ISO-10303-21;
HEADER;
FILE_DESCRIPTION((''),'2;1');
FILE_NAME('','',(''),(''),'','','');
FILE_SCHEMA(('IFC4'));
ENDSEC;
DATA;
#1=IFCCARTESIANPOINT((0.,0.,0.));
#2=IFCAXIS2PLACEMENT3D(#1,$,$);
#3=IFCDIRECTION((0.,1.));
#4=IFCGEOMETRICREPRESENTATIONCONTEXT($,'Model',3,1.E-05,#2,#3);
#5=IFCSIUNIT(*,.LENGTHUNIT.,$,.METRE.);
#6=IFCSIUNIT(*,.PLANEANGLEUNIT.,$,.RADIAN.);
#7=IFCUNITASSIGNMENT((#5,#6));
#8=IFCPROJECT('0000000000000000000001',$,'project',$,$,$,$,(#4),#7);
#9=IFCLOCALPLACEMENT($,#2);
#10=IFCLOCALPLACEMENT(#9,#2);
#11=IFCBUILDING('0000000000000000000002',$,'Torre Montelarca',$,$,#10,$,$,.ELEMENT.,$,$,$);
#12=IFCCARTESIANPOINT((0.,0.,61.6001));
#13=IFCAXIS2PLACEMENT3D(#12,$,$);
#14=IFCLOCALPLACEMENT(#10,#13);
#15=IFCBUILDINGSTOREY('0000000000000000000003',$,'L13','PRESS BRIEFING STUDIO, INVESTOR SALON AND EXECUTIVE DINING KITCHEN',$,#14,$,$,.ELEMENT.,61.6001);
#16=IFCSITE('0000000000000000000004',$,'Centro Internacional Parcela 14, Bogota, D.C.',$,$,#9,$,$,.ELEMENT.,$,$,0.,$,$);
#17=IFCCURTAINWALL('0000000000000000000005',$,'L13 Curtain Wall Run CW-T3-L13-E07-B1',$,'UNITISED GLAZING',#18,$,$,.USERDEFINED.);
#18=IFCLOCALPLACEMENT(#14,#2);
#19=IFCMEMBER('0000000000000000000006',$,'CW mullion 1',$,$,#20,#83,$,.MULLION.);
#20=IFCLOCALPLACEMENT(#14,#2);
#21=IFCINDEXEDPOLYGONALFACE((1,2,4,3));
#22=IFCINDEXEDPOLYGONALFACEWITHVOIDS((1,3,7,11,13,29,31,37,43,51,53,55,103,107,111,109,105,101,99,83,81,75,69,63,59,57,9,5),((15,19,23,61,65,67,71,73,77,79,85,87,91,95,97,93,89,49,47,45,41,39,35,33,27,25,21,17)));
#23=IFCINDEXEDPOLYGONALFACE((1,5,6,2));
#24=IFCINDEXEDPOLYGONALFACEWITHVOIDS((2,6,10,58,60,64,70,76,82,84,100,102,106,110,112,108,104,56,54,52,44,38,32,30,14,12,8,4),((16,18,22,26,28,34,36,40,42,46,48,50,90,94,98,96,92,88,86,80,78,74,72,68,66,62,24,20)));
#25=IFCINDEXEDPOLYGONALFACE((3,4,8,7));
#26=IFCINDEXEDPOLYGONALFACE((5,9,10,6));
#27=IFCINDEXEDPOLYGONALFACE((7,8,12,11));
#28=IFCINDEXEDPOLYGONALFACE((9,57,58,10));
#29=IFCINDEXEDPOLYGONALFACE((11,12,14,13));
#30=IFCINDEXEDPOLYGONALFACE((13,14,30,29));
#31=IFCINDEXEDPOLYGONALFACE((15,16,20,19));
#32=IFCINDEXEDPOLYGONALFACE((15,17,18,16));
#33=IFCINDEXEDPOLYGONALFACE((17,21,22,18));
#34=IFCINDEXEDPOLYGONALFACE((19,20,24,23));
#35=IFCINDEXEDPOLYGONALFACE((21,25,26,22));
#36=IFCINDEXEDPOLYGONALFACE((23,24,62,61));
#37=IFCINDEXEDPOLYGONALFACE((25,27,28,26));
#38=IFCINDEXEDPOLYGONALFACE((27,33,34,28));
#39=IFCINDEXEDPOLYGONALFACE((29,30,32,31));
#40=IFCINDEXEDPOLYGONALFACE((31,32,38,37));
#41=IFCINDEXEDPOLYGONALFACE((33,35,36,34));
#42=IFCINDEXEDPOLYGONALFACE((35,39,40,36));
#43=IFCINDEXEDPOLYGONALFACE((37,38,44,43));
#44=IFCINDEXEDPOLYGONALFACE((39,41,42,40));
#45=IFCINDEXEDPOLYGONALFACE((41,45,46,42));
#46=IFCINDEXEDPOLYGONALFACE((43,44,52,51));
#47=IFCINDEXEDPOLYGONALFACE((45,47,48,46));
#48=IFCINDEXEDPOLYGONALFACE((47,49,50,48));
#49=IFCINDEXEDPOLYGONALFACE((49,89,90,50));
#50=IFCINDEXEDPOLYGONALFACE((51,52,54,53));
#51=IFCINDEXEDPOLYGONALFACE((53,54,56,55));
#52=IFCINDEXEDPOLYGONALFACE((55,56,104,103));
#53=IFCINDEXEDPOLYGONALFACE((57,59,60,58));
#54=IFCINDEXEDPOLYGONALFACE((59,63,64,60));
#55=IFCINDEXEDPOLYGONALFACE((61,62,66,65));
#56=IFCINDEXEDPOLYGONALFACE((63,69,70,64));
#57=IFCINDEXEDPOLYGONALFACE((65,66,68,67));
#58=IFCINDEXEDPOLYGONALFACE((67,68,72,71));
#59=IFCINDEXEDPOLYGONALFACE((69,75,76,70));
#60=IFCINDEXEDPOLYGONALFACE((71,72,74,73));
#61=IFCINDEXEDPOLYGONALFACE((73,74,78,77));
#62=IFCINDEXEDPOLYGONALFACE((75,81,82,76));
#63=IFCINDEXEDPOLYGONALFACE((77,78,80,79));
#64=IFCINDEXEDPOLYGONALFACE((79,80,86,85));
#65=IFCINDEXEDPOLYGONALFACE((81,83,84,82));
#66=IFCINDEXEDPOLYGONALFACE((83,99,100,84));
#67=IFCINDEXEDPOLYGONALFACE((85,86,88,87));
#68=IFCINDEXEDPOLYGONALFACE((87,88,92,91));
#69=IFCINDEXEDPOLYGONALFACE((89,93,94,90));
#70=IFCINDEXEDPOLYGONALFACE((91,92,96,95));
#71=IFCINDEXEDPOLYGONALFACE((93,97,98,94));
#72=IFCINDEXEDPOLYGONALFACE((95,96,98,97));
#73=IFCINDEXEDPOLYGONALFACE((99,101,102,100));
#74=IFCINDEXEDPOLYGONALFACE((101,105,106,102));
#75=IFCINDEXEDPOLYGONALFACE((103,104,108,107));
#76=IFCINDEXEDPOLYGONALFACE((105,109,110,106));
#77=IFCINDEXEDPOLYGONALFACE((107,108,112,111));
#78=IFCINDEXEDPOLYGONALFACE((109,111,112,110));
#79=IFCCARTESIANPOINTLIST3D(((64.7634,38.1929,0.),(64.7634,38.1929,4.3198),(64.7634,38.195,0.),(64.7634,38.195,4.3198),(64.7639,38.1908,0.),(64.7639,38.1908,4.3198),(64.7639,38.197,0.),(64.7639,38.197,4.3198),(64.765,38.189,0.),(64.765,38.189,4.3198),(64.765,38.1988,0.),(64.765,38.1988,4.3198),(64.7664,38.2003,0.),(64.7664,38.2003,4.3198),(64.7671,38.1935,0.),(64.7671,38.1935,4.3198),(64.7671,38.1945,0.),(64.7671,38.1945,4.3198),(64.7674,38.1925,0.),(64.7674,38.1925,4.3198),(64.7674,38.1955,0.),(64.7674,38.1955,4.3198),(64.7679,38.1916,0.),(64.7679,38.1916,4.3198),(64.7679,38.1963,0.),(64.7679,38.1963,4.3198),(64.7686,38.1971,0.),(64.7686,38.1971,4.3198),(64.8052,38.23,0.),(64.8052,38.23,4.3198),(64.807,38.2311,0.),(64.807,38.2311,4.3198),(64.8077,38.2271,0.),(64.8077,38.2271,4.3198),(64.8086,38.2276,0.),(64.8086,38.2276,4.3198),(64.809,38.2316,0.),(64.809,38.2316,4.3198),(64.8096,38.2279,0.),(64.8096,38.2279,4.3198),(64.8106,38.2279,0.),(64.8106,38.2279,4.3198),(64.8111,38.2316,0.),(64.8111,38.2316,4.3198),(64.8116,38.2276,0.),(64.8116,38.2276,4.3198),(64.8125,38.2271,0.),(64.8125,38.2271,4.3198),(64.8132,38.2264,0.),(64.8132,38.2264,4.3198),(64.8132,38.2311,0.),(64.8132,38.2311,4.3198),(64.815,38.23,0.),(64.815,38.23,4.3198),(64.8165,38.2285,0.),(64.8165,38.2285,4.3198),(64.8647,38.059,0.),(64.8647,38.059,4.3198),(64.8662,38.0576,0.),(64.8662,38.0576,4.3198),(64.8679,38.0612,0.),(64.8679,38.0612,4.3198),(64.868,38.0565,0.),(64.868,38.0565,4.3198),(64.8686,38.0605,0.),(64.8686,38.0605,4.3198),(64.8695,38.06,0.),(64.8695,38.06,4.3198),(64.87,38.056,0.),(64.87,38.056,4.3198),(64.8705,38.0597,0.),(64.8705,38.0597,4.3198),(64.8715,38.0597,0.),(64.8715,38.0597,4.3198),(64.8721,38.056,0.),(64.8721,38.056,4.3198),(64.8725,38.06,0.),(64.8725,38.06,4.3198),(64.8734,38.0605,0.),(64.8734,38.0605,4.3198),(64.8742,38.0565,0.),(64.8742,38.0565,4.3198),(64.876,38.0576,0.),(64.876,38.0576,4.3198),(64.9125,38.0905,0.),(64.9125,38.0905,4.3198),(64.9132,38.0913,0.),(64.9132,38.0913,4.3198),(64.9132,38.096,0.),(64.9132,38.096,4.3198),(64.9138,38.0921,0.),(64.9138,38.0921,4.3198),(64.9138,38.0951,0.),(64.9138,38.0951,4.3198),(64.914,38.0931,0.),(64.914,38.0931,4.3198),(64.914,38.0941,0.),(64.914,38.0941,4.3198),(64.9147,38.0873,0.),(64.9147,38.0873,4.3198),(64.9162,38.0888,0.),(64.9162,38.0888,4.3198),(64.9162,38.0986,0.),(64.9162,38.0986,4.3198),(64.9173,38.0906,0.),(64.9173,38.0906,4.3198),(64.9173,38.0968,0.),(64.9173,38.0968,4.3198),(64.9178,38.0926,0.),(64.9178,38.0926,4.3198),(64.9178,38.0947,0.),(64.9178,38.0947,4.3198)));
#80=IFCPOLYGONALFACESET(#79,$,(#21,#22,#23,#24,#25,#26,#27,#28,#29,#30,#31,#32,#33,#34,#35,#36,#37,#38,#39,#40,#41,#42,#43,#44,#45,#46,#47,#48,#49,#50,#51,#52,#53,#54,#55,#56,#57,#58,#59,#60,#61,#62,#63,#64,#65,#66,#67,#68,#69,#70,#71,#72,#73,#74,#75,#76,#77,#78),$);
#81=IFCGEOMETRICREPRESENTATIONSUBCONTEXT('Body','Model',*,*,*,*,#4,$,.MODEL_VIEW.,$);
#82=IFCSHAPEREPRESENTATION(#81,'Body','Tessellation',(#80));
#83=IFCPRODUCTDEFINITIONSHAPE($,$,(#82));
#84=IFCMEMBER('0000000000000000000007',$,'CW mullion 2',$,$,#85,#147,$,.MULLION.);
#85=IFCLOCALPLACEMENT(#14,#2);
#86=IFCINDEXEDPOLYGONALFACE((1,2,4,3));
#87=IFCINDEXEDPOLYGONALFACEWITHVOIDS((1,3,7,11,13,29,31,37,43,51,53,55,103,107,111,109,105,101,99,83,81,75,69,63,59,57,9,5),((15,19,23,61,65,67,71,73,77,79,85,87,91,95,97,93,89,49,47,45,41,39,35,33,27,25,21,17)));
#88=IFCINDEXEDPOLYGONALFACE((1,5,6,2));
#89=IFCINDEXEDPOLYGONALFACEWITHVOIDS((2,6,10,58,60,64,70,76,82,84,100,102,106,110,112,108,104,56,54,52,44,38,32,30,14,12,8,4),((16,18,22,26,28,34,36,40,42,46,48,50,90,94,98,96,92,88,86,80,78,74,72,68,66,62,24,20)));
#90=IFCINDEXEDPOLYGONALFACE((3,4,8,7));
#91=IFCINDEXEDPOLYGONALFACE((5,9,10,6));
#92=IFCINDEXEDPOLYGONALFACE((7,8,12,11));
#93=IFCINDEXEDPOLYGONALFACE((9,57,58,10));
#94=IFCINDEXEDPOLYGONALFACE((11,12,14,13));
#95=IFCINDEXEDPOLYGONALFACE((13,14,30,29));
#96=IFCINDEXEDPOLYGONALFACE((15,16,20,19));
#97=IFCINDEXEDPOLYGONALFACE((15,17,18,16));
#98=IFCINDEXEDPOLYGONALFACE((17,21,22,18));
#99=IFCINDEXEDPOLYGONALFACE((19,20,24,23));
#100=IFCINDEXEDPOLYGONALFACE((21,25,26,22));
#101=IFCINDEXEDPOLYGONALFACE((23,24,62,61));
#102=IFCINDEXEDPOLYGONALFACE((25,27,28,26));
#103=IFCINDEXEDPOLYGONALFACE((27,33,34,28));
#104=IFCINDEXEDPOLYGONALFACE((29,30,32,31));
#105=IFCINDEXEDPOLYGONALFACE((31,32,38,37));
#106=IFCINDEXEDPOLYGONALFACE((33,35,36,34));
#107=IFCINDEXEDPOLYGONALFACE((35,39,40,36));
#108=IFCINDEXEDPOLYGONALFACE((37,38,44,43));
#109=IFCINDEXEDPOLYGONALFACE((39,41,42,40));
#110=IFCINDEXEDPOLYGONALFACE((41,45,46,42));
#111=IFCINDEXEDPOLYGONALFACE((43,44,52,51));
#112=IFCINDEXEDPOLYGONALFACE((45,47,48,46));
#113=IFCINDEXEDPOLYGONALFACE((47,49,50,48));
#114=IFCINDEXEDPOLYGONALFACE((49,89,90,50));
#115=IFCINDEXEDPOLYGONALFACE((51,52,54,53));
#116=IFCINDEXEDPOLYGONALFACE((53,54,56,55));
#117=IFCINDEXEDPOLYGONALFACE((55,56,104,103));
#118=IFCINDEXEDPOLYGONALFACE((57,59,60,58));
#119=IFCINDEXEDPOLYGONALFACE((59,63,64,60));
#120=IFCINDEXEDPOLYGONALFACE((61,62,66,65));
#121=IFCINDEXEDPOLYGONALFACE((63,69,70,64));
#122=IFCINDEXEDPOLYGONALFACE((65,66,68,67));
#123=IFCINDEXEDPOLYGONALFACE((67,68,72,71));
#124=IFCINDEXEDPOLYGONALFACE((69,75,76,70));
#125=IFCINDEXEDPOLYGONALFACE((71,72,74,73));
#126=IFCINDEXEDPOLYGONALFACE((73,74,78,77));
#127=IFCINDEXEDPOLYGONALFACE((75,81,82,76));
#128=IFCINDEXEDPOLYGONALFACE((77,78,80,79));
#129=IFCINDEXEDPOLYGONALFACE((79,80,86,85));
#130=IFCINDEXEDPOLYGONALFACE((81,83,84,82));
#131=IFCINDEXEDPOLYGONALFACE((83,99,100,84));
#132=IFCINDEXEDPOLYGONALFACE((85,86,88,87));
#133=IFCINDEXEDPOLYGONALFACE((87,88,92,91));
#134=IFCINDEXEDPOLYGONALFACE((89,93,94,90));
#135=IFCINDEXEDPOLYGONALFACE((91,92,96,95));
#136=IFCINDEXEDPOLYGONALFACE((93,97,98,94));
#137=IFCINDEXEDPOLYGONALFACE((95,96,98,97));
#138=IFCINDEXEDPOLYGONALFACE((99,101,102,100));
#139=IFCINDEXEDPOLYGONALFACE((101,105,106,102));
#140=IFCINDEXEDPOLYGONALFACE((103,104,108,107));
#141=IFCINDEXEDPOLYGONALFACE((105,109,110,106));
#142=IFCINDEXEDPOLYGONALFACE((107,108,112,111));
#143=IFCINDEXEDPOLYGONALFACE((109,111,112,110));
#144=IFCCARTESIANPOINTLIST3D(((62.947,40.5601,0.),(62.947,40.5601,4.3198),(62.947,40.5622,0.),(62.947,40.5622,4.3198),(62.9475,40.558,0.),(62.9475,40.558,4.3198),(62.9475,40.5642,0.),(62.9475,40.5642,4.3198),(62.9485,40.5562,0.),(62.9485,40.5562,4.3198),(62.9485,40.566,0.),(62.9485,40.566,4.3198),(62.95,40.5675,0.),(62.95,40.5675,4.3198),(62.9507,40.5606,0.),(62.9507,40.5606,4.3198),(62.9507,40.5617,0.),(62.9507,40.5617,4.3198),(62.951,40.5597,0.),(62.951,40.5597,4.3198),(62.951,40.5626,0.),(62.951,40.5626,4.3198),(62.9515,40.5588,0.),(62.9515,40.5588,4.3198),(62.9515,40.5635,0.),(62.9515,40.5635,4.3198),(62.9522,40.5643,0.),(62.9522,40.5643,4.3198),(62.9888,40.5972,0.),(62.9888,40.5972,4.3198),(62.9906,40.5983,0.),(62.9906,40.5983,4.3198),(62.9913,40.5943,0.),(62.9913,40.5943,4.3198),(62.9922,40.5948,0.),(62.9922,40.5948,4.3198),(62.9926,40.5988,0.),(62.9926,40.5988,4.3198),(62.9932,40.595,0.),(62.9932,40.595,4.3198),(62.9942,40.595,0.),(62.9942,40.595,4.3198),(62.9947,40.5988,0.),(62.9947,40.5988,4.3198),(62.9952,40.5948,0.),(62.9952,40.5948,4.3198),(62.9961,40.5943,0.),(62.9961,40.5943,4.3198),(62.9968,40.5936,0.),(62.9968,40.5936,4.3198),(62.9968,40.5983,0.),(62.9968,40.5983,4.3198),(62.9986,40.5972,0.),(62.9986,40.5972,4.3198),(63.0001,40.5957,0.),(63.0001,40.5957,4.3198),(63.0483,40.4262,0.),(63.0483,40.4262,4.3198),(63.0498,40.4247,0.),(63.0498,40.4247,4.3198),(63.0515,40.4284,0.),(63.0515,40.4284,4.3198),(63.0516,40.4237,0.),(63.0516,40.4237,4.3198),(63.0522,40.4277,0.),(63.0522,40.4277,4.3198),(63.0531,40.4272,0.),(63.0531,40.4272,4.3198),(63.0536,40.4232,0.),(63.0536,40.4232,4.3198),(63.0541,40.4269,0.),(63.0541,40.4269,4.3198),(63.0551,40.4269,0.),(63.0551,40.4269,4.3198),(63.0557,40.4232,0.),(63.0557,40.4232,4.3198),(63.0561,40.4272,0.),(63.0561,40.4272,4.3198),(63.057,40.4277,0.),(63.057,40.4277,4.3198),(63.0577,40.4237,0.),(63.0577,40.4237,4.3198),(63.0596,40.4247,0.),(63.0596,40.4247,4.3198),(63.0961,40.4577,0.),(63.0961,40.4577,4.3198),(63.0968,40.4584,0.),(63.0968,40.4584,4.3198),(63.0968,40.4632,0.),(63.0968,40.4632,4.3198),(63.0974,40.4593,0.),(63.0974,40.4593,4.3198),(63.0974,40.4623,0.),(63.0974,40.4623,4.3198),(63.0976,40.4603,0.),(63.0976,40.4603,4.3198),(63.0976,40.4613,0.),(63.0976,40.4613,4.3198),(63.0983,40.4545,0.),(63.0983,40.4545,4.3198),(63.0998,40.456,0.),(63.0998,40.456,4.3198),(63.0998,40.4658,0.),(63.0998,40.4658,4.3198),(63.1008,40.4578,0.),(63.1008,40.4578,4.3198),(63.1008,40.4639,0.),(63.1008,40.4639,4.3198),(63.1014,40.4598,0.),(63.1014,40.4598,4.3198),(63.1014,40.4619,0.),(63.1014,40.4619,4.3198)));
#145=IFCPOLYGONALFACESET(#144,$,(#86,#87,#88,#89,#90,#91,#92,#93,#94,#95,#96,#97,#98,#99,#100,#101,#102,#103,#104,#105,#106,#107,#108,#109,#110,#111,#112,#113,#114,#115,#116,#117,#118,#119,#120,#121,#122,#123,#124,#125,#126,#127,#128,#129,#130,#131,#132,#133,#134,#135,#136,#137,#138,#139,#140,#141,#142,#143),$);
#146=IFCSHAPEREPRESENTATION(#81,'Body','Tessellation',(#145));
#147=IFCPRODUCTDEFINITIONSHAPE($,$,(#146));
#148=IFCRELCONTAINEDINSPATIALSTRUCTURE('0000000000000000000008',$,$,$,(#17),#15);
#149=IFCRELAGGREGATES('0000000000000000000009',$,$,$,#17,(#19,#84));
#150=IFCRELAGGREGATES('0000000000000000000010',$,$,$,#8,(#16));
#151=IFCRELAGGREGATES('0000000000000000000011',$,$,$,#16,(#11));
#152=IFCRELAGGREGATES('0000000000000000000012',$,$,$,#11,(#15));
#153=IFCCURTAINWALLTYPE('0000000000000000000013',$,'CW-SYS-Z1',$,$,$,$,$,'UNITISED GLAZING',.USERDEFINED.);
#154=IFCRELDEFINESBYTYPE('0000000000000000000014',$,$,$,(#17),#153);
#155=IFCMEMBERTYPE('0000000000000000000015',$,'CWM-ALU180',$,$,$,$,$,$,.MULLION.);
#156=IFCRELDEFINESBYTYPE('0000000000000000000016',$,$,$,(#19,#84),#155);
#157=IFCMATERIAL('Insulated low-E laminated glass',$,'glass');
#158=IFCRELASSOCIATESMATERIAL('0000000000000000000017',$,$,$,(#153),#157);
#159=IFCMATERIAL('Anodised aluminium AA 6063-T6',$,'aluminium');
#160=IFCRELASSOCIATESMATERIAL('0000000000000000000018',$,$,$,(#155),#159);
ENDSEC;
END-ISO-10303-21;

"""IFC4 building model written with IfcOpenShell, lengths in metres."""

from ifc_helpers import new_model, si_unit, direction, frame, origin, origin_2d, place, context, subcontext, project, spatial, hollow_rectangle, extrude, source, transform, mapped, material, material_profile, profile_set, type_object, element, aggregate, save


model = new_model("IFC4")

# Units and contexts
model_context = context("Model", 3, precision=1e-05, world=origin(), true_north=direction((0.0, 1.0)))
body_context = subcontext(model_context, "Body", "Model", "MODEL_VIEW")
ifc_project = project(units=[si_unit("LENGTHUNIT", "METRE"), si_unit("PLANEANGLEUNIT", "RADIAN")], contexts=[model_context])

# Site, building, storey
site_placement = place(None, origin())
site = spatial("IfcSite", under=ifc_project, at=site_placement, Name="Centro Internacional Parcela 14, Bogota, D.C.", CompositionType="ELEMENT", RefElevation=0.0)
building_placement = place(site_placement, origin())
building = spatial("IfcBuilding", under=site, at=building_placement, Name="Torre Montelarca", CompositionType="ELEMENT")
storey_placement = place(building_placement, frame((0.0, 0.0, 61.6001)))
storey = spatial("IfcBuildingStorey", under=building, at=storey_placement, Name="L13", Description="PRESS BRIEFING STUDIO, INVESTOR SALON AND EXECUTIVE DINING KITCHEN", CompositionType="ELEMENT", Elevation=61.6001)

# Curtain wall
ifc_material_1 = material(Name="Insulated low-E laminated glass", Category="glass")
curtain_wall_type = type_object("IfcCurtainWallType", Name="CW-SYS-Z1", ElementType="UNITISED GLAZING", PredefinedType="USERDEFINED", material=ifc_material_1)
curtain_wall_1_placement = place(storey_placement, origin())
curtain_wall_1 = element("IfcCurtainWall", 1, at=curtain_wall_1_placement, inside=storey, type_object=curtain_wall_type, Name="L13 Curtain Wall Run CW-T3-L13-E07-B1", ObjectType="UNITISED GLAZING", PredefinedType="USERDEFINED")
ifc_material_2 = material(Name="Anodised aluminium AA 6063-T6", Category="aluminium")
ifc_material_profile_1 = material_profile(ifc_material_2, hollow_rectangle(XDim=0.0649, YDim=0.1799, WallThickness=0.0039, InnerFilletRadius=0.0039, OuterFilletRadius=0.0081, at=origin_2d()), Name="ALU65X180X4", Category="aluminium")
ifc_profile_set_1 = profile_set([ifc_material_profile_1], Name="Anodised aluminium AA 6063-T6")
member_type_1 = type_object("IfcMemberType", Name="CWM-ALU180", PredefinedType="MULLION", material=ifc_profile_set_1)
shared_shape_1 = source(origin(), body_context, "Body", "SweptSolid", [
    extrude(hollow_rectangle(XDim=0.0649, YDim=0.1799, WallThickness=0.0039, InnerFilletRadius=0.0039, OuterFilletRadius=0.0081, at=origin_2d()), origin(), (0.0, 0.0, 1.0), 4.3198),
])

# Members
member_1_placement = place(storey_placement, frame((64.8406, 38.1438, 0.0), z_axis=(0.0, 0.0, 1.0), x_axis=(-0.793359, -0.608754, 0.0)))
member_1 = element("IfcMember", 2, at=member_1_placement, type_object=member_type_1, Name="CW mullion 1", PredefinedType="MULLION", context=body_context, shape_type="MappedRepresentation", body=[
    mapped(shared_shape_1, transform((0.0, 0.0, 0.0), scale=1.0)),
])
member_2_placement = place(storey_placement, frame((63.0242, 40.511, 0.0), z_axis=(0.0, 0.0, 1.0), x_axis=(-0.793359, -0.608754, 0.0)))
member_2 = element("IfcMember", 3, at=member_2_placement, type_object=member_type_1, Name="CW mullion 2", PredefinedType="MULLION", context=body_context, shape_type="MappedRepresentation", body=[
    mapped(shared_shape_1, transform((0.0, 0.0, 0.0), scale=1.0)),
])

aggregate(curtain_wall_1, [member_1, member_2])

save(model, "model.ifc")
